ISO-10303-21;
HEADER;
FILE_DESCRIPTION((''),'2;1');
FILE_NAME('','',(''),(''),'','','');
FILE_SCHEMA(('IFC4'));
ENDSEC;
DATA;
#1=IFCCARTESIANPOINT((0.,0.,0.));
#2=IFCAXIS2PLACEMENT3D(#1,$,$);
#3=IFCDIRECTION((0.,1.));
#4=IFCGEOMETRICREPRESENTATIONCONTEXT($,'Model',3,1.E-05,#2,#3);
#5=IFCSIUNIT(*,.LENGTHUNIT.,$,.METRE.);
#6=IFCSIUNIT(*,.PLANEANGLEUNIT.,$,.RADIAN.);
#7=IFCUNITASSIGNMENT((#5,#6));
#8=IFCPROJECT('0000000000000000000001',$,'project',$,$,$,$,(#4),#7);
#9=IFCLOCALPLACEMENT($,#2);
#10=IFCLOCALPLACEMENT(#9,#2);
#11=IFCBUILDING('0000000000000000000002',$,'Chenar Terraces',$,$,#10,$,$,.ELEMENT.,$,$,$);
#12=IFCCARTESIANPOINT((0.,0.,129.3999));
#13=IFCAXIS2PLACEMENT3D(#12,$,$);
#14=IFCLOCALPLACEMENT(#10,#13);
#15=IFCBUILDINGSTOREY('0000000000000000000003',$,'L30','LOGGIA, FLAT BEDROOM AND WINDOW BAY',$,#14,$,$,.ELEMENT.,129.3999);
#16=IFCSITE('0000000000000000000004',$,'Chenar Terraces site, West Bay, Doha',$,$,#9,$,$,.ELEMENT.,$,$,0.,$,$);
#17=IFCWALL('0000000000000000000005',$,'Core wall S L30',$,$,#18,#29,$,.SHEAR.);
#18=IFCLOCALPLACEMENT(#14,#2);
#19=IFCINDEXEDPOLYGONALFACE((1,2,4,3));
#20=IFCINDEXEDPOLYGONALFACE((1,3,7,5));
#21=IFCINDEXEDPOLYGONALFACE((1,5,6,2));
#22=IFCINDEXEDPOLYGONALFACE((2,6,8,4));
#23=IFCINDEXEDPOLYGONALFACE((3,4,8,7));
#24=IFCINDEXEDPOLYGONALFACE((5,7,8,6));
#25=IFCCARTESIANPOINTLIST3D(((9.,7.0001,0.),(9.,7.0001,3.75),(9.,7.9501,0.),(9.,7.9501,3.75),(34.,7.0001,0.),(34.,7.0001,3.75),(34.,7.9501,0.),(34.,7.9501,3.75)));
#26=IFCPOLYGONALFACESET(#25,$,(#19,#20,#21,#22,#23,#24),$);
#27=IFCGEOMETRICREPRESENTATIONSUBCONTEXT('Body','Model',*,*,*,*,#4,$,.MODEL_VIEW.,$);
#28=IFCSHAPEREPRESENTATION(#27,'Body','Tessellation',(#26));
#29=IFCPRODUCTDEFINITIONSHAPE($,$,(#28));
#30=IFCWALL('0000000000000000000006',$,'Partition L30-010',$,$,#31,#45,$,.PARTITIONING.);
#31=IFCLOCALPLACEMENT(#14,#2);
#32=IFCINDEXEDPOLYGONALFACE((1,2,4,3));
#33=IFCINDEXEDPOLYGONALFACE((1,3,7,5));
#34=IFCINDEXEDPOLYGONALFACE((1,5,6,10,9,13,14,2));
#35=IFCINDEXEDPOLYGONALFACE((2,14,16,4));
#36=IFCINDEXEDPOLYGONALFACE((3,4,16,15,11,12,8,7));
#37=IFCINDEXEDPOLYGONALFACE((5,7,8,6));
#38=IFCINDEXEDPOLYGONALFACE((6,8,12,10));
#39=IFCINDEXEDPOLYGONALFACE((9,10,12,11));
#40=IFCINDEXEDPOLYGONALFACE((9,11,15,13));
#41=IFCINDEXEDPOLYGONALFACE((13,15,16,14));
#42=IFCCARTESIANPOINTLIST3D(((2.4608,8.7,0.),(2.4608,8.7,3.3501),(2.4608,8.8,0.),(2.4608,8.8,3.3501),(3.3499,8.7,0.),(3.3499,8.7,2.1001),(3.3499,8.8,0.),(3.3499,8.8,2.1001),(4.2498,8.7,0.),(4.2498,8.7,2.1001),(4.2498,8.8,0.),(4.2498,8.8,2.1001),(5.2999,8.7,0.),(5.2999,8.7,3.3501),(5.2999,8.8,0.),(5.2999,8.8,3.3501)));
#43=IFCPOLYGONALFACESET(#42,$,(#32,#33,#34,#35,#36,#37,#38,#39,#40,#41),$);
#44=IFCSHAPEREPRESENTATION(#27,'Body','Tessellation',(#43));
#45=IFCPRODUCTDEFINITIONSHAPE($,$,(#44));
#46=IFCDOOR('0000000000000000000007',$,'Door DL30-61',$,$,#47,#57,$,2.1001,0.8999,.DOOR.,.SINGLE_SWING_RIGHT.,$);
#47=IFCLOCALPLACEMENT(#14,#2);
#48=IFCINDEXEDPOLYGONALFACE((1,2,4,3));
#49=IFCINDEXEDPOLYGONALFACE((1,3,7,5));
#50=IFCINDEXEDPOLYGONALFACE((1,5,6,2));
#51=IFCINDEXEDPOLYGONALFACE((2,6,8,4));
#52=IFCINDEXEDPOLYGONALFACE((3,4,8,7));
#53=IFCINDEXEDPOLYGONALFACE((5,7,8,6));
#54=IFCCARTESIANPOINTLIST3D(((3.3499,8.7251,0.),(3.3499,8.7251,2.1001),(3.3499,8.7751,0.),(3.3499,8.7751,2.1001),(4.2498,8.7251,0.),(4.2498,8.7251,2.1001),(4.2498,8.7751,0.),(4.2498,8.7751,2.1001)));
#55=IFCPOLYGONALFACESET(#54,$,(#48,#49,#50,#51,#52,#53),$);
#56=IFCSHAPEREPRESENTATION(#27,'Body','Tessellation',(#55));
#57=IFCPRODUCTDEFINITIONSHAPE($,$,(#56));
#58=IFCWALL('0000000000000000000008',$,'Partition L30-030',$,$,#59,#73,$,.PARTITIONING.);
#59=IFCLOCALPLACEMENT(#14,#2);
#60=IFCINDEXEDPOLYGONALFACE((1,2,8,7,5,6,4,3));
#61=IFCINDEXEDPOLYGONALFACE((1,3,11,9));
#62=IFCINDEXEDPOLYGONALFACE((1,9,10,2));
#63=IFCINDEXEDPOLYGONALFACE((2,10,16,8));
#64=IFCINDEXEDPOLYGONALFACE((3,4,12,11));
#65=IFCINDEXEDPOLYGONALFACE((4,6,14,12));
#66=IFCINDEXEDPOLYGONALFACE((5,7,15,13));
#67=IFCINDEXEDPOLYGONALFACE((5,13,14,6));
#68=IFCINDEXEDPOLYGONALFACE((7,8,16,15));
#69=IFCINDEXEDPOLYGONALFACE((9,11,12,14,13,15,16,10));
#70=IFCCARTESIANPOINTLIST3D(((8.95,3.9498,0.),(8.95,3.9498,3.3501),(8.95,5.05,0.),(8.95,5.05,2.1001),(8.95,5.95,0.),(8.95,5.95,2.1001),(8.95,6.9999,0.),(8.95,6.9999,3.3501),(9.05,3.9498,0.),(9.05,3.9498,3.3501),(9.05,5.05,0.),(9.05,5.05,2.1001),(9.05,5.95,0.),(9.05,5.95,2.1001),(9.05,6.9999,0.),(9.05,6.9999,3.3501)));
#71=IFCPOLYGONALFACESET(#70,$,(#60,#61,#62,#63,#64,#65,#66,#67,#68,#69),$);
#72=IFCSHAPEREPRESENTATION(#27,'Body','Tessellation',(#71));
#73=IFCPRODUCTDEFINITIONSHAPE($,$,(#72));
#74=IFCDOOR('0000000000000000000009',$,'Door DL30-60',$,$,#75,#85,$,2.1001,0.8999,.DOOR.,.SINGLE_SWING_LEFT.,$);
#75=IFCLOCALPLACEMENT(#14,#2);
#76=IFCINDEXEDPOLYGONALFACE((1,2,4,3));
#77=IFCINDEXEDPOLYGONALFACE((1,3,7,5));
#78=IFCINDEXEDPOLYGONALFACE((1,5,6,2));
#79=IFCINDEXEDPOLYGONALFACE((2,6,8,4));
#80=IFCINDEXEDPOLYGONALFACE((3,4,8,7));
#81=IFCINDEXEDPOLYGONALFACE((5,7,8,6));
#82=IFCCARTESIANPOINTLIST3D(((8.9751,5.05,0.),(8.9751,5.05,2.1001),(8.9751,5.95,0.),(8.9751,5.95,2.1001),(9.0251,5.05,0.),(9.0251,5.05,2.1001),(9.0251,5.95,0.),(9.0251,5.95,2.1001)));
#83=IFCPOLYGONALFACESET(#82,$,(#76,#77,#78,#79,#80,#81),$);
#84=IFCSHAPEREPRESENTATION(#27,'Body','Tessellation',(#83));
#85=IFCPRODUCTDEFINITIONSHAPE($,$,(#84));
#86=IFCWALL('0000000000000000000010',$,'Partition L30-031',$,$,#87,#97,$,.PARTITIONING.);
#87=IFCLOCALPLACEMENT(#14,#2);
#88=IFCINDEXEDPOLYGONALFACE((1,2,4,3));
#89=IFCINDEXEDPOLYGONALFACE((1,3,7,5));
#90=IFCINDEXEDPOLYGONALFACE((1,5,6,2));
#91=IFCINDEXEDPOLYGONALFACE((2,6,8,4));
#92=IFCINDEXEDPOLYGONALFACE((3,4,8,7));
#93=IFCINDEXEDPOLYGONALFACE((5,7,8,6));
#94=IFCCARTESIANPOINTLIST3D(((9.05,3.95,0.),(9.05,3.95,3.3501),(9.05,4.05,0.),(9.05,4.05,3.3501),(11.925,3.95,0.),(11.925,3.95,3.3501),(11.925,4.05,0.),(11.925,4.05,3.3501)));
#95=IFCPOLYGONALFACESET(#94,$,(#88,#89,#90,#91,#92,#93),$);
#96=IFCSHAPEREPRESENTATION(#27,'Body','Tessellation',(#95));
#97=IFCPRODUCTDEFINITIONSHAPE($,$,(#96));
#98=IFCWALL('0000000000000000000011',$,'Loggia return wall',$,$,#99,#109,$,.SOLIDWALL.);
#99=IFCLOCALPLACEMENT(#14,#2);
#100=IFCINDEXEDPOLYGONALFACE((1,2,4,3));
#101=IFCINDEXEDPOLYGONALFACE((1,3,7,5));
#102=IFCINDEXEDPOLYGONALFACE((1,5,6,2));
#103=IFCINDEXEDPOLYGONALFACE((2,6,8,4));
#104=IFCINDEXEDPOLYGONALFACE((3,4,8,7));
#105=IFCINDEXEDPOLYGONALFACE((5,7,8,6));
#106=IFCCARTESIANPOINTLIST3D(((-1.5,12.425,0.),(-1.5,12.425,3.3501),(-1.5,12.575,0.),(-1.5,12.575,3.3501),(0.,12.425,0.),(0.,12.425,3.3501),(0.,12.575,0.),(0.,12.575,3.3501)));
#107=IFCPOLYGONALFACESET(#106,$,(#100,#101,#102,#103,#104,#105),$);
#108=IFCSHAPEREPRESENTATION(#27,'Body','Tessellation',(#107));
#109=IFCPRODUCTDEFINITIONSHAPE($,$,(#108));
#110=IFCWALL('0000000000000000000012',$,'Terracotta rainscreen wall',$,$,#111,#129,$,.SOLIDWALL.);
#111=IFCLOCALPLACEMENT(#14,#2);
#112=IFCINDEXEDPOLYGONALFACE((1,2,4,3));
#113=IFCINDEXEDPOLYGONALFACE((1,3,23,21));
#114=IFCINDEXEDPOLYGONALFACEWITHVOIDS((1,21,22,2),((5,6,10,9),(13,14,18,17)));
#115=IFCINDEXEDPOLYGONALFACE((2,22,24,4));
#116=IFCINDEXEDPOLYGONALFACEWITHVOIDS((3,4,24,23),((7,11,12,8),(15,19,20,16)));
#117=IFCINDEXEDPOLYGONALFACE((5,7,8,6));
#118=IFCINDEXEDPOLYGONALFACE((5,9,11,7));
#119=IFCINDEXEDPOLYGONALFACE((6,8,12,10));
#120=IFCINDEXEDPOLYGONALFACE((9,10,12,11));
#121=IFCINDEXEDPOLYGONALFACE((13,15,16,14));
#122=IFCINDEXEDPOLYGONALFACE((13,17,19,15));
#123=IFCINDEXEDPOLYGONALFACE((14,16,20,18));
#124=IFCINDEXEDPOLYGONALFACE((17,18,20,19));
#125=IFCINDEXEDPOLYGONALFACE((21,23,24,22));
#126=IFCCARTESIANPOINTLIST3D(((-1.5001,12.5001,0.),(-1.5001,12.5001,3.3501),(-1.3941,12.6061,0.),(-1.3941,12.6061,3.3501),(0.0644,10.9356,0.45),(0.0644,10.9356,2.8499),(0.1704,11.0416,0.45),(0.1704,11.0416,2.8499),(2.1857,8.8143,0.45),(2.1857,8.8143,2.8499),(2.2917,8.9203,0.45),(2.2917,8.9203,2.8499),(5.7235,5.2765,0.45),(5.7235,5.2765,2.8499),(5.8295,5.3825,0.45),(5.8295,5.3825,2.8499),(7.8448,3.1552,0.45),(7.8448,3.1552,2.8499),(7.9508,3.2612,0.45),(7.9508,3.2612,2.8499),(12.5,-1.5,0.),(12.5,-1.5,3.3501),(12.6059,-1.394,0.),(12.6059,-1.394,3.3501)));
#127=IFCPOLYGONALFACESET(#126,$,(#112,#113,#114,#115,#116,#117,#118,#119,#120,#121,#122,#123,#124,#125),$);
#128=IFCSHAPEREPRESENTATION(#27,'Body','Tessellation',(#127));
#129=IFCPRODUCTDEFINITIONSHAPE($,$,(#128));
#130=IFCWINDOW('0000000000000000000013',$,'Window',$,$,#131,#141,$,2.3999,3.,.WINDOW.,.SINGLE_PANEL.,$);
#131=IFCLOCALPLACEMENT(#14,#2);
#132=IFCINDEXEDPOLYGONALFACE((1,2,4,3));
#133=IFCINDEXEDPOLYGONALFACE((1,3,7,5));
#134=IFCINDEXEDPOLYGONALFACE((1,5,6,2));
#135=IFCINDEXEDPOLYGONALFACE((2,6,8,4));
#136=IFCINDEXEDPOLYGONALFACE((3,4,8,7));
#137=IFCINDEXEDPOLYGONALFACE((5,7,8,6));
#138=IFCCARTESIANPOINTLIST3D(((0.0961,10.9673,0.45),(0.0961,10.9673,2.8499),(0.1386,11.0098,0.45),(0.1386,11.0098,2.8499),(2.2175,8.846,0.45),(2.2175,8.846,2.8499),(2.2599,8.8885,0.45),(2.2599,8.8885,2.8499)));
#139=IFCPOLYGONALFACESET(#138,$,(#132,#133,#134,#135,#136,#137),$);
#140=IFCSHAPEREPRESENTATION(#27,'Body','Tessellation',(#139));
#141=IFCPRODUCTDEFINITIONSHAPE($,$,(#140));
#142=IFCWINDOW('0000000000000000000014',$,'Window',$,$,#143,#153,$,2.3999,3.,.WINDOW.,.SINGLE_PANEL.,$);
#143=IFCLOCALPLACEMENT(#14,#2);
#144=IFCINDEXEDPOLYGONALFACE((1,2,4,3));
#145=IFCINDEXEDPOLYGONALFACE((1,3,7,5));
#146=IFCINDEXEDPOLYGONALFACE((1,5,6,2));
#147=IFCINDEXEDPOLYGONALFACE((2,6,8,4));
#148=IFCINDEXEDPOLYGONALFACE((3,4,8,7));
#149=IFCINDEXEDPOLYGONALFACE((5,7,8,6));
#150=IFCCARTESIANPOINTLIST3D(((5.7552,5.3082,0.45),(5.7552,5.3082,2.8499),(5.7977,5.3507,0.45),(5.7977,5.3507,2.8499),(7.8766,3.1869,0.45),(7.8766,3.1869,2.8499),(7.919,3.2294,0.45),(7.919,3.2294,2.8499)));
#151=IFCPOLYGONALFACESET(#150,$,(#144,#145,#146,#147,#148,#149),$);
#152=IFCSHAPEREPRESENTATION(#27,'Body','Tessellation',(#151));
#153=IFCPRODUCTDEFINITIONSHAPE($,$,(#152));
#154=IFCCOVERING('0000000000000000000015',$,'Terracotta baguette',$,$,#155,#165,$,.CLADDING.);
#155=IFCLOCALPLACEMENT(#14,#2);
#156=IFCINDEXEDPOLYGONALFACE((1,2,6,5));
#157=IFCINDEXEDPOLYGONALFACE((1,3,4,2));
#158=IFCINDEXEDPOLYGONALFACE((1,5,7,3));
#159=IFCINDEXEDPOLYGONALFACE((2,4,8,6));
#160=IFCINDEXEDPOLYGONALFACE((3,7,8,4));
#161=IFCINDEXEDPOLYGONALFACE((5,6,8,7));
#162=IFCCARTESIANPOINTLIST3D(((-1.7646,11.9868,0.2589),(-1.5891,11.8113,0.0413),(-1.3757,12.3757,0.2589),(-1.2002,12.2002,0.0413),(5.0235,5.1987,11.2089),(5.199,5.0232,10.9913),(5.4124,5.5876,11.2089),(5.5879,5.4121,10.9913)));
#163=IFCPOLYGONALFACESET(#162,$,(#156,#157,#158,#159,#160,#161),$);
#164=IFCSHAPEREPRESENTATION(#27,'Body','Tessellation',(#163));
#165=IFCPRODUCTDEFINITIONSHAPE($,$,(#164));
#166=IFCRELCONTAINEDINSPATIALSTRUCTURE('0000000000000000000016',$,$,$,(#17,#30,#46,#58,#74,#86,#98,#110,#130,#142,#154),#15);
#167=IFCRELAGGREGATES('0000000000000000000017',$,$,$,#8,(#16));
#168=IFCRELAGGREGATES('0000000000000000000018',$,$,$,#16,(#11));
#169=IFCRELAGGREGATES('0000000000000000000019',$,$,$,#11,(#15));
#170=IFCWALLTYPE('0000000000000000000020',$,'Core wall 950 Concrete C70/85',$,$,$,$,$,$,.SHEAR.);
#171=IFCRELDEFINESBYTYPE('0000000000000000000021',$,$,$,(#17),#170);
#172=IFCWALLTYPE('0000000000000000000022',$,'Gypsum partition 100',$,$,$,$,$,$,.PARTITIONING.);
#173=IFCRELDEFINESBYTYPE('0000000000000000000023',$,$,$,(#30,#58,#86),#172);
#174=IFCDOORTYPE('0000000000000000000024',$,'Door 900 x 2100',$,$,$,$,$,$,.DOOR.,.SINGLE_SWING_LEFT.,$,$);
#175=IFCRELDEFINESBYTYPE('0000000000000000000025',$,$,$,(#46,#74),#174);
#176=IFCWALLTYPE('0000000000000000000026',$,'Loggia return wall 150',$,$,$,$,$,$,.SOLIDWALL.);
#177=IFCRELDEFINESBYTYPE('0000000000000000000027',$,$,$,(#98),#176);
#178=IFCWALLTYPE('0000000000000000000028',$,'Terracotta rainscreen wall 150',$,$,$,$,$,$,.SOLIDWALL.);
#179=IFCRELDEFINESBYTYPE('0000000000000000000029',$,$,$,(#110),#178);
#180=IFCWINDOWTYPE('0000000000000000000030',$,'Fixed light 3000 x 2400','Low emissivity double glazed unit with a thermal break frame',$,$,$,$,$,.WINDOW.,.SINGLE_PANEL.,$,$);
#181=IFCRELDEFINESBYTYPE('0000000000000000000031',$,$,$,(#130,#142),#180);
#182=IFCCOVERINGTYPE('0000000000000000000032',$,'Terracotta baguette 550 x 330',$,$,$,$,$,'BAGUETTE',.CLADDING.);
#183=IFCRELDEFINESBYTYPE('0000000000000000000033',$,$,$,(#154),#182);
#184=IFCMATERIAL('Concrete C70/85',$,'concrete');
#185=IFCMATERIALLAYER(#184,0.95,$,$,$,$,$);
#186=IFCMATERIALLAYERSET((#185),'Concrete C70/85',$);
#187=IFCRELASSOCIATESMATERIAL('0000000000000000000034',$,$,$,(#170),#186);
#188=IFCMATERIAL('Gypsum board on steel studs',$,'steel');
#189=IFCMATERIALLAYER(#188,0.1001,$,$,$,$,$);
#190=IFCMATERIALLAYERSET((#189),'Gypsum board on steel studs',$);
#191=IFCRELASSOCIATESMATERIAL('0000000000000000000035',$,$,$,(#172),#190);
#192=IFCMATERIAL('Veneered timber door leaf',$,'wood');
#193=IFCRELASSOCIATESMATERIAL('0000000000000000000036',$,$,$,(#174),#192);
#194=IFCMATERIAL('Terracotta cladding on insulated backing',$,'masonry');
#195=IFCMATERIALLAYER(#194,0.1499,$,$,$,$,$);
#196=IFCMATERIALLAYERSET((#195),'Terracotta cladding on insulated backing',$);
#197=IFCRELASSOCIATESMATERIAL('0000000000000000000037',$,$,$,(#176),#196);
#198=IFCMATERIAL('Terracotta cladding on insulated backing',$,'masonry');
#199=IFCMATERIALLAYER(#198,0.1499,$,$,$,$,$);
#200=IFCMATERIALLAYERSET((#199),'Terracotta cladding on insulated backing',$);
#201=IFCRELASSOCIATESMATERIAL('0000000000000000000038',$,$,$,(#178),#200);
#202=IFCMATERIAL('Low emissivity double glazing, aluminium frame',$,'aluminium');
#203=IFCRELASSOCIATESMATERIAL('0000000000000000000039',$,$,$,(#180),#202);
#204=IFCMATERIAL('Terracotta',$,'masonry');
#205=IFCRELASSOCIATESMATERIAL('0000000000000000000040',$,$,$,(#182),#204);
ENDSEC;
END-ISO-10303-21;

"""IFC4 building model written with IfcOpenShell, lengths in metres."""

from ifc_helpers import new_model, si_unit, direction, frame, frame_2d, origin, origin_2d, place, context, subcontext, project, spatial, rectangle, extrude, material, layer, layer_set, material_profile, profile_set, type_object, element, fill, save


model = new_model("IFC4")

# Units and contexts
model_context = context("Model", 3, precision=1e-05, world=origin(), true_north=direction((0.0, 1.0)))
body_context = subcontext(model_context, "Body", "Model", "MODEL_VIEW")
ifc_project = project(units=[si_unit("LENGTHUNIT", "METRE"), si_unit("PLANEANGLEUNIT", "RADIAN")], contexts=[model_context])

# Site, building, storey
site_placement = place(None, origin())
site = spatial("IfcSite", under=ifc_project, at=site_placement, Name="Chenar Terraces site, West Bay, Doha", CompositionType="ELEMENT", RefElevation=0.0)
building_placement = place(site_placement, origin())
building = spatial("IfcBuilding", under=site, at=building_placement, Name="Chenar Terraces", CompositionType="ELEMENT")
storey_placement = place(building_placement, frame((0.0, 0.0, 129.3999)))
storey = spatial("IfcBuildingStorey", under=building, at=storey_placement, Name="L30", Description="LOGGIA, FLAT BEDROOM AND WINDOW BAY", CompositionType="ELEMENT", Elevation=129.3999)

# Wall
ifc_material_1 = material(Name="Concrete C70/85", Category="concrete")
ifc_layer_1 = layer(ifc_material_1, 0.95)
ifc_layer_set_1 = layer_set([ifc_layer_1], Name="Concrete C70/85")
wall_type_1 = type_object("IfcWallType", Name="Core wall 950 Concrete C70/85", PredefinedType="SHEAR", material=ifc_layer_set_1)
wall_1_placement = place(storey_placement, frame((9.0, 7.4751, 0.0), z_axis=(0.0, 0.0, 1.0), x_axis=(1.0, 0.0, 0.0)))
element("IfcWall", 1, at=wall_1_placement, inside=storey, type_object=wall_type_1, Name="Core wall S L30", PredefinedType="SHEAR", context=body_context, shape_type="SweptSolid", body=[
    extrude(rectangle(XDim=25.0, YDim=0.95, at=frame_2d((12.5, 0.0))), origin(), (0.0, 0.0, 1.0), 3.75),
])

# Walls, openings, doors
ifc_material_2 = material(Name="Gypsum board on steel studs", Category="steel")
ifc_layer_2 = layer(ifc_material_2, 0.1001)
ifc_layer_set_2 = layer_set([ifc_layer_2], Name="Gypsum board on steel studs")
wall_type_2 = type_object("IfcWallType", Name="Gypsum partition 100", PredefinedType="PARTITIONING", material=ifc_layer_set_2)
wall_2_placement = place(storey_placement, frame((2.4609, 8.75, 0.0), z_axis=(0.0, 0.0, 1.0), x_axis=(1.0, 0.0, 0.0)))
wall_2 = element("IfcWall", 2, at=wall_2_placement, inside=storey, type_object=wall_type_2, Name="Partition L30-010", PredefinedType="PARTITIONING", context=body_context, shape_type="SweptSolid", body=[
    extrude(rectangle(XDim=2.8391, YDim=0.1001, at=frame_2d((1.4194, 0.0))), origin(), (0.0, 0.0, 1.0), 3.3501),
])
opening_1_placement = place(wall_2_placement, frame((0.8889, 0.0, 0.0)))
opening_1 = element("IfcOpeningElement", 3, at=opening_1_placement, cuts=wall_2, PredefinedType="OPENING", context=body_context, shape_type="SweptSolid", body=[
    extrude(rectangle(XDim=0.8999, YDim=2.1001, at=frame_2d((0.45, 1.05))), frame((0.0, 0.0601, 0.0), z_axis=(0.0, -1.0, 0.0), x_axis=(1.0, 0.0, 0.0)), (0.0, 0.0, 1.0), 0.1201),
])
ifc_material_3 = material(Name="Veneered timber door leaf", Category="wood")
door_type_1 = type_object("IfcDoorType", Name="Door 900 x 2100", OperationType="SINGLE_SWING_LEFT", PredefinedType="DOOR", material=ifc_material_3)
door_1_placement = place(opening_1_placement, frame((0.8999, 0.0, 0.0), z_axis=(0.0, 0.0, 1.0), x_axis=(-1.0, 0.0, 0.0)))
door_1 = element("IfcDoor", 4, at=door_1_placement, inside=storey, type_object=door_type_1, Name="Door DL30-61", OperationType="SINGLE_SWING_RIGHT", OverallHeight=2.1001, OverallWidth=0.8999, PredefinedType="DOOR", context=body_context, shape_type="SweptSolid", body=[
    extrude(rectangle(XDim=0.8999, YDim=2.1001, at=frame_2d((0.45, 1.05))), frame((0.0, 0.0249, 0.0), z_axis=(0.0, -1.0, 0.0), x_axis=(1.0, 0.0, 0.0)), (0.0, 0.0, 1.0), 0.05),
])
fill(opening_1, door_1)
wall_3_placement = place(storey_placement, frame((9.0, 3.95, 0.0), z_axis=(0.0, 0.0, 1.0), x_axis=(0.0, 1.0, 0.0)))
wall_3 = element("IfcWall", 5, at=wall_3_placement, inside=storey, type_object=wall_type_2, Name="Partition L30-030", PredefinedType="PARTITIONING", context=body_context, shape_type="SweptSolid", body=[
    extrude(rectangle(XDim=3.05, YDim=0.1001, at=frame_2d((1.5249, 0.0))), origin(), (0.0, 0.0, 1.0), 3.3501),
])
opening_2_placement = place(wall_3_placement, frame((1.1001, 0.0, 0.0)))
opening_2 = element("IfcOpeningElement", 6, at=opening_2_placement, cuts=wall_3, PredefinedType="OPENING", context=body_context, shape_type="SweptSolid", body=[
    extrude(rectangle(XDim=0.8999, YDim=2.1001, at=frame_2d((0.45, 1.05))), frame((0.0, 0.0601, 0.0), z_axis=(0.0, -1.0, 0.0), x_axis=(1.0, 0.0, 0.0)), (0.0, 0.0, 1.0), 0.1201),
])
door_2_placement = place(opening_2_placement, origin())
door_2 = element("IfcDoor", 7, at=door_2_placement, inside=storey, type_object=door_type_1, Name="Door DL30-60", OperationType="SINGLE_SWING_LEFT", OverallHeight=2.1001, OverallWidth=0.8999, PredefinedType="DOOR", context=body_context, shape_type="SweptSolid", body=[
    extrude(rectangle(XDim=0.8999, YDim=2.1001, at=frame_2d((0.45, 1.05))), frame((0.0, 0.0249, 0.0), z_axis=(0.0, -1.0, 0.0), x_axis=(1.0, 0.0, 0.0)), (0.0, 0.0, 1.0), 0.05),
])
fill(opening_2, door_2)

# Walls
wall_4_placement = place(storey_placement, frame((9.05, 4.0, 0.0), z_axis=(0.0, 0.0, 1.0), x_axis=(1.0, 0.0, 0.0)))
element("IfcWall", 8, at=wall_4_placement, inside=storey, type_object=wall_type_2, Name="Partition L30-031", PredefinedType="PARTITIONING", context=body_context, shape_type="SweptSolid", body=[
    extrude(rectangle(XDim=2.875, YDim=0.1001, at=frame_2d((1.4375, 0.0))), origin(), (0.0, 0.0, 1.0), 3.3501),
])
ifc_material_4 = material(Name="Terracotta cladding on insulated backing", Category="masonry")
ifc_layer_3 = layer(ifc_material_4, 0.1499)
ifc_layer_set_3 = layer_set([ifc_layer_3], Name="Terracotta cladding on insulated backing")
wall_type_3 = type_object("IfcWallType", Name="Loggia return wall 150", PredefinedType="SOLIDWALL", material=ifc_layer_set_3)
wall_5_placement = place(storey_placement, frame((-1.5, 12.5, 0.0), z_axis=(0.0, 0.0, 1.0), x_axis=(1.0, 0.0, 0.0)))
element("IfcWall", 9, at=wall_5_placement, inside=storey, type_object=wall_type_3, Name="Loggia return wall", PredefinedType="SOLIDWALL", context=body_context, shape_type="SweptSolid", body=[
    extrude(rectangle(XDim=1.5, YDim=0.1499, at=frame_2d((0.75, 0.0))), origin(), (0.0, 0.0, 1.0), 3.3501),
])

# Wall, openings, windows
ifc_material_5 = material(Name="Terracotta cladding on insulated backing", Category="masonry")
ifc_layer_4 = layer(ifc_material_5, 0.1499)
ifc_layer_set_4 = layer_set([ifc_layer_4], Name="Terracotta cladding on insulated backing")
wall_type_4 = type_object("IfcWallType", Name="Terracotta rainscreen wall 150", PredefinedType="SOLIDWALL", material=ifc_layer_set_4)
wall_6_placement = place(storey_placement, frame((-1.447, 12.553, 0.0), z_axis=(0.0, 0.0, 1.0), x_axis=(0.707107, -0.707107, 0.0)))
wall_6 = element("IfcWall", 10, at=wall_6_placement, inside=storey, type_object=wall_type_4, Name="Terracotta rainscreen wall", PredefinedType="SOLIDWALL", context=body_context, shape_type="SweptSolid", body=[
    extrude(rectangle(XDim=19.7991, YDim=0.1499, at=frame_2d((9.8994, 0.0))), origin(), (0.0, 0.0, 1.0), 3.3501),
])
opening_3_placement = place(wall_6_placement, frame((2.2124, 0.0, 0.45)))
opening_3 = element("IfcOpeningElement", 11, at=opening_3_placement, cuts=wall_6, PredefinedType="OPENING", context=body_context, shape_type="SweptSolid", body=[
    extrude(rectangle(XDim=3.0, YDim=2.3999, at=frame_2d((1.5, 1.2))), frame((0.0, 0.085, 0.0), z_axis=(0.0, -1.0, 0.0), x_axis=(1.0, 0.0, 0.0)), (0.0, 0.0, 1.0), 0.1699),
])
opening_4_placement = place(wall_6_placement, frame((10.2156, 0.0, 0.45)))
opening_4 = element("IfcOpeningElement", 12, at=opening_4_placement, cuts=wall_6, PredefinedType="OPENING", context=body_context, shape_type="SweptSolid", body=[
    extrude(rectangle(XDim=3.0, YDim=2.3999, at=frame_2d((1.5, 1.2))), frame((0.0, 0.085, 0.0), z_axis=(0.0, -1.0, 0.0), x_axis=(1.0, 0.0, 0.0)), (0.0, 0.0, 1.0), 0.1699),
])
ifc_material_6 = material(Name="Low emissivity double glazing, aluminium frame", Category="aluminium")
window_type = type_object("IfcWindowType", Name="Fixed light 3000 x 2400", Description="Low emissivity double glazed unit with a thermal break frame", PartitioningType="SINGLE_PANEL", PredefinedType="WINDOW", material=ifc_material_6)
window_1_placement = place(opening_3_placement, origin())
window_1 = element("IfcWindow", 13, at=window_1_placement, inside=storey, type_object=window_type, Name="Window", OverallHeight=2.3999, OverallWidth=3.0, PartitioningType="SINGLE_PANEL", PredefinedType="WINDOW", context=body_context, shape_type="SweptSolid", body=[
    extrude(rectangle(XDim=3.0, YDim=2.3999, at=frame_2d((1.5, 1.2))), frame((0.0, 0.03, 0.0), z_axis=(0.0, -1.0, 0.0), x_axis=(1.0, 0.0, 0.0)), (0.0, 0.0, 1.0), 0.0601),
])
fill(opening_3, window_1)
window_2_placement = place(opening_4_placement, origin())
window_2 = element("IfcWindow", 14, at=window_2_placement, inside=storey, type_object=window_type, Name="Window", OverallHeight=2.3999, OverallWidth=3.0, PartitioningType="SINGLE_PANEL", PredefinedType="WINDOW", context=body_context, shape_type="SweptSolid", body=[
    extrude(rectangle(XDim=3.0, YDim=2.3999, at=frame_2d((1.5, 1.2))), frame((0.0, 0.03, 0.0), z_axis=(0.0, -1.0, 0.0), x_axis=(1.0, 0.0, 0.0)), (0.0, 0.0, 1.0), 0.0601),
])
fill(opening_4, window_2)

# Covering
ifc_material_7 = material(Name="Terracotta", Category="masonry")
ifc_material_profile = material_profile(ifc_material_7, rectangle(XDim=0.55, YDim=0.3301, at=origin_2d()), Name="Terracotta baguette 550 x 330")
ifc_profile_set = profile_set([ifc_material_profile], Name="Terracotta")
covering_type = type_object("IfcCoveringType", Name="Terracotta baguette 550 x 330", ElementType="BAGUETTE", PredefinedType="CLADDING", material=ifc_profile_set)
covering_1_placement = place(storey_placement, frame((-1.4824, 12.0935, 0.1501), z_axis=(0.466144, -0.466144, 0.751943), x_axis=(0.707107, 0.707107, 0.0)))
element("IfcCovering", 15, at=covering_1_placement, inside=storey, type_object=covering_type, Name="Terracotta baguette", PredefinedType="CLADDING", context=body_context, shape_type="SweptSolid", body=[
    extrude(rectangle(XDim=0.55, YDim=0.3301, at=origin_2d()), origin(), (0.0, 0.0, 1.0), 14.5623),
])

save(model, "model.ifc")
